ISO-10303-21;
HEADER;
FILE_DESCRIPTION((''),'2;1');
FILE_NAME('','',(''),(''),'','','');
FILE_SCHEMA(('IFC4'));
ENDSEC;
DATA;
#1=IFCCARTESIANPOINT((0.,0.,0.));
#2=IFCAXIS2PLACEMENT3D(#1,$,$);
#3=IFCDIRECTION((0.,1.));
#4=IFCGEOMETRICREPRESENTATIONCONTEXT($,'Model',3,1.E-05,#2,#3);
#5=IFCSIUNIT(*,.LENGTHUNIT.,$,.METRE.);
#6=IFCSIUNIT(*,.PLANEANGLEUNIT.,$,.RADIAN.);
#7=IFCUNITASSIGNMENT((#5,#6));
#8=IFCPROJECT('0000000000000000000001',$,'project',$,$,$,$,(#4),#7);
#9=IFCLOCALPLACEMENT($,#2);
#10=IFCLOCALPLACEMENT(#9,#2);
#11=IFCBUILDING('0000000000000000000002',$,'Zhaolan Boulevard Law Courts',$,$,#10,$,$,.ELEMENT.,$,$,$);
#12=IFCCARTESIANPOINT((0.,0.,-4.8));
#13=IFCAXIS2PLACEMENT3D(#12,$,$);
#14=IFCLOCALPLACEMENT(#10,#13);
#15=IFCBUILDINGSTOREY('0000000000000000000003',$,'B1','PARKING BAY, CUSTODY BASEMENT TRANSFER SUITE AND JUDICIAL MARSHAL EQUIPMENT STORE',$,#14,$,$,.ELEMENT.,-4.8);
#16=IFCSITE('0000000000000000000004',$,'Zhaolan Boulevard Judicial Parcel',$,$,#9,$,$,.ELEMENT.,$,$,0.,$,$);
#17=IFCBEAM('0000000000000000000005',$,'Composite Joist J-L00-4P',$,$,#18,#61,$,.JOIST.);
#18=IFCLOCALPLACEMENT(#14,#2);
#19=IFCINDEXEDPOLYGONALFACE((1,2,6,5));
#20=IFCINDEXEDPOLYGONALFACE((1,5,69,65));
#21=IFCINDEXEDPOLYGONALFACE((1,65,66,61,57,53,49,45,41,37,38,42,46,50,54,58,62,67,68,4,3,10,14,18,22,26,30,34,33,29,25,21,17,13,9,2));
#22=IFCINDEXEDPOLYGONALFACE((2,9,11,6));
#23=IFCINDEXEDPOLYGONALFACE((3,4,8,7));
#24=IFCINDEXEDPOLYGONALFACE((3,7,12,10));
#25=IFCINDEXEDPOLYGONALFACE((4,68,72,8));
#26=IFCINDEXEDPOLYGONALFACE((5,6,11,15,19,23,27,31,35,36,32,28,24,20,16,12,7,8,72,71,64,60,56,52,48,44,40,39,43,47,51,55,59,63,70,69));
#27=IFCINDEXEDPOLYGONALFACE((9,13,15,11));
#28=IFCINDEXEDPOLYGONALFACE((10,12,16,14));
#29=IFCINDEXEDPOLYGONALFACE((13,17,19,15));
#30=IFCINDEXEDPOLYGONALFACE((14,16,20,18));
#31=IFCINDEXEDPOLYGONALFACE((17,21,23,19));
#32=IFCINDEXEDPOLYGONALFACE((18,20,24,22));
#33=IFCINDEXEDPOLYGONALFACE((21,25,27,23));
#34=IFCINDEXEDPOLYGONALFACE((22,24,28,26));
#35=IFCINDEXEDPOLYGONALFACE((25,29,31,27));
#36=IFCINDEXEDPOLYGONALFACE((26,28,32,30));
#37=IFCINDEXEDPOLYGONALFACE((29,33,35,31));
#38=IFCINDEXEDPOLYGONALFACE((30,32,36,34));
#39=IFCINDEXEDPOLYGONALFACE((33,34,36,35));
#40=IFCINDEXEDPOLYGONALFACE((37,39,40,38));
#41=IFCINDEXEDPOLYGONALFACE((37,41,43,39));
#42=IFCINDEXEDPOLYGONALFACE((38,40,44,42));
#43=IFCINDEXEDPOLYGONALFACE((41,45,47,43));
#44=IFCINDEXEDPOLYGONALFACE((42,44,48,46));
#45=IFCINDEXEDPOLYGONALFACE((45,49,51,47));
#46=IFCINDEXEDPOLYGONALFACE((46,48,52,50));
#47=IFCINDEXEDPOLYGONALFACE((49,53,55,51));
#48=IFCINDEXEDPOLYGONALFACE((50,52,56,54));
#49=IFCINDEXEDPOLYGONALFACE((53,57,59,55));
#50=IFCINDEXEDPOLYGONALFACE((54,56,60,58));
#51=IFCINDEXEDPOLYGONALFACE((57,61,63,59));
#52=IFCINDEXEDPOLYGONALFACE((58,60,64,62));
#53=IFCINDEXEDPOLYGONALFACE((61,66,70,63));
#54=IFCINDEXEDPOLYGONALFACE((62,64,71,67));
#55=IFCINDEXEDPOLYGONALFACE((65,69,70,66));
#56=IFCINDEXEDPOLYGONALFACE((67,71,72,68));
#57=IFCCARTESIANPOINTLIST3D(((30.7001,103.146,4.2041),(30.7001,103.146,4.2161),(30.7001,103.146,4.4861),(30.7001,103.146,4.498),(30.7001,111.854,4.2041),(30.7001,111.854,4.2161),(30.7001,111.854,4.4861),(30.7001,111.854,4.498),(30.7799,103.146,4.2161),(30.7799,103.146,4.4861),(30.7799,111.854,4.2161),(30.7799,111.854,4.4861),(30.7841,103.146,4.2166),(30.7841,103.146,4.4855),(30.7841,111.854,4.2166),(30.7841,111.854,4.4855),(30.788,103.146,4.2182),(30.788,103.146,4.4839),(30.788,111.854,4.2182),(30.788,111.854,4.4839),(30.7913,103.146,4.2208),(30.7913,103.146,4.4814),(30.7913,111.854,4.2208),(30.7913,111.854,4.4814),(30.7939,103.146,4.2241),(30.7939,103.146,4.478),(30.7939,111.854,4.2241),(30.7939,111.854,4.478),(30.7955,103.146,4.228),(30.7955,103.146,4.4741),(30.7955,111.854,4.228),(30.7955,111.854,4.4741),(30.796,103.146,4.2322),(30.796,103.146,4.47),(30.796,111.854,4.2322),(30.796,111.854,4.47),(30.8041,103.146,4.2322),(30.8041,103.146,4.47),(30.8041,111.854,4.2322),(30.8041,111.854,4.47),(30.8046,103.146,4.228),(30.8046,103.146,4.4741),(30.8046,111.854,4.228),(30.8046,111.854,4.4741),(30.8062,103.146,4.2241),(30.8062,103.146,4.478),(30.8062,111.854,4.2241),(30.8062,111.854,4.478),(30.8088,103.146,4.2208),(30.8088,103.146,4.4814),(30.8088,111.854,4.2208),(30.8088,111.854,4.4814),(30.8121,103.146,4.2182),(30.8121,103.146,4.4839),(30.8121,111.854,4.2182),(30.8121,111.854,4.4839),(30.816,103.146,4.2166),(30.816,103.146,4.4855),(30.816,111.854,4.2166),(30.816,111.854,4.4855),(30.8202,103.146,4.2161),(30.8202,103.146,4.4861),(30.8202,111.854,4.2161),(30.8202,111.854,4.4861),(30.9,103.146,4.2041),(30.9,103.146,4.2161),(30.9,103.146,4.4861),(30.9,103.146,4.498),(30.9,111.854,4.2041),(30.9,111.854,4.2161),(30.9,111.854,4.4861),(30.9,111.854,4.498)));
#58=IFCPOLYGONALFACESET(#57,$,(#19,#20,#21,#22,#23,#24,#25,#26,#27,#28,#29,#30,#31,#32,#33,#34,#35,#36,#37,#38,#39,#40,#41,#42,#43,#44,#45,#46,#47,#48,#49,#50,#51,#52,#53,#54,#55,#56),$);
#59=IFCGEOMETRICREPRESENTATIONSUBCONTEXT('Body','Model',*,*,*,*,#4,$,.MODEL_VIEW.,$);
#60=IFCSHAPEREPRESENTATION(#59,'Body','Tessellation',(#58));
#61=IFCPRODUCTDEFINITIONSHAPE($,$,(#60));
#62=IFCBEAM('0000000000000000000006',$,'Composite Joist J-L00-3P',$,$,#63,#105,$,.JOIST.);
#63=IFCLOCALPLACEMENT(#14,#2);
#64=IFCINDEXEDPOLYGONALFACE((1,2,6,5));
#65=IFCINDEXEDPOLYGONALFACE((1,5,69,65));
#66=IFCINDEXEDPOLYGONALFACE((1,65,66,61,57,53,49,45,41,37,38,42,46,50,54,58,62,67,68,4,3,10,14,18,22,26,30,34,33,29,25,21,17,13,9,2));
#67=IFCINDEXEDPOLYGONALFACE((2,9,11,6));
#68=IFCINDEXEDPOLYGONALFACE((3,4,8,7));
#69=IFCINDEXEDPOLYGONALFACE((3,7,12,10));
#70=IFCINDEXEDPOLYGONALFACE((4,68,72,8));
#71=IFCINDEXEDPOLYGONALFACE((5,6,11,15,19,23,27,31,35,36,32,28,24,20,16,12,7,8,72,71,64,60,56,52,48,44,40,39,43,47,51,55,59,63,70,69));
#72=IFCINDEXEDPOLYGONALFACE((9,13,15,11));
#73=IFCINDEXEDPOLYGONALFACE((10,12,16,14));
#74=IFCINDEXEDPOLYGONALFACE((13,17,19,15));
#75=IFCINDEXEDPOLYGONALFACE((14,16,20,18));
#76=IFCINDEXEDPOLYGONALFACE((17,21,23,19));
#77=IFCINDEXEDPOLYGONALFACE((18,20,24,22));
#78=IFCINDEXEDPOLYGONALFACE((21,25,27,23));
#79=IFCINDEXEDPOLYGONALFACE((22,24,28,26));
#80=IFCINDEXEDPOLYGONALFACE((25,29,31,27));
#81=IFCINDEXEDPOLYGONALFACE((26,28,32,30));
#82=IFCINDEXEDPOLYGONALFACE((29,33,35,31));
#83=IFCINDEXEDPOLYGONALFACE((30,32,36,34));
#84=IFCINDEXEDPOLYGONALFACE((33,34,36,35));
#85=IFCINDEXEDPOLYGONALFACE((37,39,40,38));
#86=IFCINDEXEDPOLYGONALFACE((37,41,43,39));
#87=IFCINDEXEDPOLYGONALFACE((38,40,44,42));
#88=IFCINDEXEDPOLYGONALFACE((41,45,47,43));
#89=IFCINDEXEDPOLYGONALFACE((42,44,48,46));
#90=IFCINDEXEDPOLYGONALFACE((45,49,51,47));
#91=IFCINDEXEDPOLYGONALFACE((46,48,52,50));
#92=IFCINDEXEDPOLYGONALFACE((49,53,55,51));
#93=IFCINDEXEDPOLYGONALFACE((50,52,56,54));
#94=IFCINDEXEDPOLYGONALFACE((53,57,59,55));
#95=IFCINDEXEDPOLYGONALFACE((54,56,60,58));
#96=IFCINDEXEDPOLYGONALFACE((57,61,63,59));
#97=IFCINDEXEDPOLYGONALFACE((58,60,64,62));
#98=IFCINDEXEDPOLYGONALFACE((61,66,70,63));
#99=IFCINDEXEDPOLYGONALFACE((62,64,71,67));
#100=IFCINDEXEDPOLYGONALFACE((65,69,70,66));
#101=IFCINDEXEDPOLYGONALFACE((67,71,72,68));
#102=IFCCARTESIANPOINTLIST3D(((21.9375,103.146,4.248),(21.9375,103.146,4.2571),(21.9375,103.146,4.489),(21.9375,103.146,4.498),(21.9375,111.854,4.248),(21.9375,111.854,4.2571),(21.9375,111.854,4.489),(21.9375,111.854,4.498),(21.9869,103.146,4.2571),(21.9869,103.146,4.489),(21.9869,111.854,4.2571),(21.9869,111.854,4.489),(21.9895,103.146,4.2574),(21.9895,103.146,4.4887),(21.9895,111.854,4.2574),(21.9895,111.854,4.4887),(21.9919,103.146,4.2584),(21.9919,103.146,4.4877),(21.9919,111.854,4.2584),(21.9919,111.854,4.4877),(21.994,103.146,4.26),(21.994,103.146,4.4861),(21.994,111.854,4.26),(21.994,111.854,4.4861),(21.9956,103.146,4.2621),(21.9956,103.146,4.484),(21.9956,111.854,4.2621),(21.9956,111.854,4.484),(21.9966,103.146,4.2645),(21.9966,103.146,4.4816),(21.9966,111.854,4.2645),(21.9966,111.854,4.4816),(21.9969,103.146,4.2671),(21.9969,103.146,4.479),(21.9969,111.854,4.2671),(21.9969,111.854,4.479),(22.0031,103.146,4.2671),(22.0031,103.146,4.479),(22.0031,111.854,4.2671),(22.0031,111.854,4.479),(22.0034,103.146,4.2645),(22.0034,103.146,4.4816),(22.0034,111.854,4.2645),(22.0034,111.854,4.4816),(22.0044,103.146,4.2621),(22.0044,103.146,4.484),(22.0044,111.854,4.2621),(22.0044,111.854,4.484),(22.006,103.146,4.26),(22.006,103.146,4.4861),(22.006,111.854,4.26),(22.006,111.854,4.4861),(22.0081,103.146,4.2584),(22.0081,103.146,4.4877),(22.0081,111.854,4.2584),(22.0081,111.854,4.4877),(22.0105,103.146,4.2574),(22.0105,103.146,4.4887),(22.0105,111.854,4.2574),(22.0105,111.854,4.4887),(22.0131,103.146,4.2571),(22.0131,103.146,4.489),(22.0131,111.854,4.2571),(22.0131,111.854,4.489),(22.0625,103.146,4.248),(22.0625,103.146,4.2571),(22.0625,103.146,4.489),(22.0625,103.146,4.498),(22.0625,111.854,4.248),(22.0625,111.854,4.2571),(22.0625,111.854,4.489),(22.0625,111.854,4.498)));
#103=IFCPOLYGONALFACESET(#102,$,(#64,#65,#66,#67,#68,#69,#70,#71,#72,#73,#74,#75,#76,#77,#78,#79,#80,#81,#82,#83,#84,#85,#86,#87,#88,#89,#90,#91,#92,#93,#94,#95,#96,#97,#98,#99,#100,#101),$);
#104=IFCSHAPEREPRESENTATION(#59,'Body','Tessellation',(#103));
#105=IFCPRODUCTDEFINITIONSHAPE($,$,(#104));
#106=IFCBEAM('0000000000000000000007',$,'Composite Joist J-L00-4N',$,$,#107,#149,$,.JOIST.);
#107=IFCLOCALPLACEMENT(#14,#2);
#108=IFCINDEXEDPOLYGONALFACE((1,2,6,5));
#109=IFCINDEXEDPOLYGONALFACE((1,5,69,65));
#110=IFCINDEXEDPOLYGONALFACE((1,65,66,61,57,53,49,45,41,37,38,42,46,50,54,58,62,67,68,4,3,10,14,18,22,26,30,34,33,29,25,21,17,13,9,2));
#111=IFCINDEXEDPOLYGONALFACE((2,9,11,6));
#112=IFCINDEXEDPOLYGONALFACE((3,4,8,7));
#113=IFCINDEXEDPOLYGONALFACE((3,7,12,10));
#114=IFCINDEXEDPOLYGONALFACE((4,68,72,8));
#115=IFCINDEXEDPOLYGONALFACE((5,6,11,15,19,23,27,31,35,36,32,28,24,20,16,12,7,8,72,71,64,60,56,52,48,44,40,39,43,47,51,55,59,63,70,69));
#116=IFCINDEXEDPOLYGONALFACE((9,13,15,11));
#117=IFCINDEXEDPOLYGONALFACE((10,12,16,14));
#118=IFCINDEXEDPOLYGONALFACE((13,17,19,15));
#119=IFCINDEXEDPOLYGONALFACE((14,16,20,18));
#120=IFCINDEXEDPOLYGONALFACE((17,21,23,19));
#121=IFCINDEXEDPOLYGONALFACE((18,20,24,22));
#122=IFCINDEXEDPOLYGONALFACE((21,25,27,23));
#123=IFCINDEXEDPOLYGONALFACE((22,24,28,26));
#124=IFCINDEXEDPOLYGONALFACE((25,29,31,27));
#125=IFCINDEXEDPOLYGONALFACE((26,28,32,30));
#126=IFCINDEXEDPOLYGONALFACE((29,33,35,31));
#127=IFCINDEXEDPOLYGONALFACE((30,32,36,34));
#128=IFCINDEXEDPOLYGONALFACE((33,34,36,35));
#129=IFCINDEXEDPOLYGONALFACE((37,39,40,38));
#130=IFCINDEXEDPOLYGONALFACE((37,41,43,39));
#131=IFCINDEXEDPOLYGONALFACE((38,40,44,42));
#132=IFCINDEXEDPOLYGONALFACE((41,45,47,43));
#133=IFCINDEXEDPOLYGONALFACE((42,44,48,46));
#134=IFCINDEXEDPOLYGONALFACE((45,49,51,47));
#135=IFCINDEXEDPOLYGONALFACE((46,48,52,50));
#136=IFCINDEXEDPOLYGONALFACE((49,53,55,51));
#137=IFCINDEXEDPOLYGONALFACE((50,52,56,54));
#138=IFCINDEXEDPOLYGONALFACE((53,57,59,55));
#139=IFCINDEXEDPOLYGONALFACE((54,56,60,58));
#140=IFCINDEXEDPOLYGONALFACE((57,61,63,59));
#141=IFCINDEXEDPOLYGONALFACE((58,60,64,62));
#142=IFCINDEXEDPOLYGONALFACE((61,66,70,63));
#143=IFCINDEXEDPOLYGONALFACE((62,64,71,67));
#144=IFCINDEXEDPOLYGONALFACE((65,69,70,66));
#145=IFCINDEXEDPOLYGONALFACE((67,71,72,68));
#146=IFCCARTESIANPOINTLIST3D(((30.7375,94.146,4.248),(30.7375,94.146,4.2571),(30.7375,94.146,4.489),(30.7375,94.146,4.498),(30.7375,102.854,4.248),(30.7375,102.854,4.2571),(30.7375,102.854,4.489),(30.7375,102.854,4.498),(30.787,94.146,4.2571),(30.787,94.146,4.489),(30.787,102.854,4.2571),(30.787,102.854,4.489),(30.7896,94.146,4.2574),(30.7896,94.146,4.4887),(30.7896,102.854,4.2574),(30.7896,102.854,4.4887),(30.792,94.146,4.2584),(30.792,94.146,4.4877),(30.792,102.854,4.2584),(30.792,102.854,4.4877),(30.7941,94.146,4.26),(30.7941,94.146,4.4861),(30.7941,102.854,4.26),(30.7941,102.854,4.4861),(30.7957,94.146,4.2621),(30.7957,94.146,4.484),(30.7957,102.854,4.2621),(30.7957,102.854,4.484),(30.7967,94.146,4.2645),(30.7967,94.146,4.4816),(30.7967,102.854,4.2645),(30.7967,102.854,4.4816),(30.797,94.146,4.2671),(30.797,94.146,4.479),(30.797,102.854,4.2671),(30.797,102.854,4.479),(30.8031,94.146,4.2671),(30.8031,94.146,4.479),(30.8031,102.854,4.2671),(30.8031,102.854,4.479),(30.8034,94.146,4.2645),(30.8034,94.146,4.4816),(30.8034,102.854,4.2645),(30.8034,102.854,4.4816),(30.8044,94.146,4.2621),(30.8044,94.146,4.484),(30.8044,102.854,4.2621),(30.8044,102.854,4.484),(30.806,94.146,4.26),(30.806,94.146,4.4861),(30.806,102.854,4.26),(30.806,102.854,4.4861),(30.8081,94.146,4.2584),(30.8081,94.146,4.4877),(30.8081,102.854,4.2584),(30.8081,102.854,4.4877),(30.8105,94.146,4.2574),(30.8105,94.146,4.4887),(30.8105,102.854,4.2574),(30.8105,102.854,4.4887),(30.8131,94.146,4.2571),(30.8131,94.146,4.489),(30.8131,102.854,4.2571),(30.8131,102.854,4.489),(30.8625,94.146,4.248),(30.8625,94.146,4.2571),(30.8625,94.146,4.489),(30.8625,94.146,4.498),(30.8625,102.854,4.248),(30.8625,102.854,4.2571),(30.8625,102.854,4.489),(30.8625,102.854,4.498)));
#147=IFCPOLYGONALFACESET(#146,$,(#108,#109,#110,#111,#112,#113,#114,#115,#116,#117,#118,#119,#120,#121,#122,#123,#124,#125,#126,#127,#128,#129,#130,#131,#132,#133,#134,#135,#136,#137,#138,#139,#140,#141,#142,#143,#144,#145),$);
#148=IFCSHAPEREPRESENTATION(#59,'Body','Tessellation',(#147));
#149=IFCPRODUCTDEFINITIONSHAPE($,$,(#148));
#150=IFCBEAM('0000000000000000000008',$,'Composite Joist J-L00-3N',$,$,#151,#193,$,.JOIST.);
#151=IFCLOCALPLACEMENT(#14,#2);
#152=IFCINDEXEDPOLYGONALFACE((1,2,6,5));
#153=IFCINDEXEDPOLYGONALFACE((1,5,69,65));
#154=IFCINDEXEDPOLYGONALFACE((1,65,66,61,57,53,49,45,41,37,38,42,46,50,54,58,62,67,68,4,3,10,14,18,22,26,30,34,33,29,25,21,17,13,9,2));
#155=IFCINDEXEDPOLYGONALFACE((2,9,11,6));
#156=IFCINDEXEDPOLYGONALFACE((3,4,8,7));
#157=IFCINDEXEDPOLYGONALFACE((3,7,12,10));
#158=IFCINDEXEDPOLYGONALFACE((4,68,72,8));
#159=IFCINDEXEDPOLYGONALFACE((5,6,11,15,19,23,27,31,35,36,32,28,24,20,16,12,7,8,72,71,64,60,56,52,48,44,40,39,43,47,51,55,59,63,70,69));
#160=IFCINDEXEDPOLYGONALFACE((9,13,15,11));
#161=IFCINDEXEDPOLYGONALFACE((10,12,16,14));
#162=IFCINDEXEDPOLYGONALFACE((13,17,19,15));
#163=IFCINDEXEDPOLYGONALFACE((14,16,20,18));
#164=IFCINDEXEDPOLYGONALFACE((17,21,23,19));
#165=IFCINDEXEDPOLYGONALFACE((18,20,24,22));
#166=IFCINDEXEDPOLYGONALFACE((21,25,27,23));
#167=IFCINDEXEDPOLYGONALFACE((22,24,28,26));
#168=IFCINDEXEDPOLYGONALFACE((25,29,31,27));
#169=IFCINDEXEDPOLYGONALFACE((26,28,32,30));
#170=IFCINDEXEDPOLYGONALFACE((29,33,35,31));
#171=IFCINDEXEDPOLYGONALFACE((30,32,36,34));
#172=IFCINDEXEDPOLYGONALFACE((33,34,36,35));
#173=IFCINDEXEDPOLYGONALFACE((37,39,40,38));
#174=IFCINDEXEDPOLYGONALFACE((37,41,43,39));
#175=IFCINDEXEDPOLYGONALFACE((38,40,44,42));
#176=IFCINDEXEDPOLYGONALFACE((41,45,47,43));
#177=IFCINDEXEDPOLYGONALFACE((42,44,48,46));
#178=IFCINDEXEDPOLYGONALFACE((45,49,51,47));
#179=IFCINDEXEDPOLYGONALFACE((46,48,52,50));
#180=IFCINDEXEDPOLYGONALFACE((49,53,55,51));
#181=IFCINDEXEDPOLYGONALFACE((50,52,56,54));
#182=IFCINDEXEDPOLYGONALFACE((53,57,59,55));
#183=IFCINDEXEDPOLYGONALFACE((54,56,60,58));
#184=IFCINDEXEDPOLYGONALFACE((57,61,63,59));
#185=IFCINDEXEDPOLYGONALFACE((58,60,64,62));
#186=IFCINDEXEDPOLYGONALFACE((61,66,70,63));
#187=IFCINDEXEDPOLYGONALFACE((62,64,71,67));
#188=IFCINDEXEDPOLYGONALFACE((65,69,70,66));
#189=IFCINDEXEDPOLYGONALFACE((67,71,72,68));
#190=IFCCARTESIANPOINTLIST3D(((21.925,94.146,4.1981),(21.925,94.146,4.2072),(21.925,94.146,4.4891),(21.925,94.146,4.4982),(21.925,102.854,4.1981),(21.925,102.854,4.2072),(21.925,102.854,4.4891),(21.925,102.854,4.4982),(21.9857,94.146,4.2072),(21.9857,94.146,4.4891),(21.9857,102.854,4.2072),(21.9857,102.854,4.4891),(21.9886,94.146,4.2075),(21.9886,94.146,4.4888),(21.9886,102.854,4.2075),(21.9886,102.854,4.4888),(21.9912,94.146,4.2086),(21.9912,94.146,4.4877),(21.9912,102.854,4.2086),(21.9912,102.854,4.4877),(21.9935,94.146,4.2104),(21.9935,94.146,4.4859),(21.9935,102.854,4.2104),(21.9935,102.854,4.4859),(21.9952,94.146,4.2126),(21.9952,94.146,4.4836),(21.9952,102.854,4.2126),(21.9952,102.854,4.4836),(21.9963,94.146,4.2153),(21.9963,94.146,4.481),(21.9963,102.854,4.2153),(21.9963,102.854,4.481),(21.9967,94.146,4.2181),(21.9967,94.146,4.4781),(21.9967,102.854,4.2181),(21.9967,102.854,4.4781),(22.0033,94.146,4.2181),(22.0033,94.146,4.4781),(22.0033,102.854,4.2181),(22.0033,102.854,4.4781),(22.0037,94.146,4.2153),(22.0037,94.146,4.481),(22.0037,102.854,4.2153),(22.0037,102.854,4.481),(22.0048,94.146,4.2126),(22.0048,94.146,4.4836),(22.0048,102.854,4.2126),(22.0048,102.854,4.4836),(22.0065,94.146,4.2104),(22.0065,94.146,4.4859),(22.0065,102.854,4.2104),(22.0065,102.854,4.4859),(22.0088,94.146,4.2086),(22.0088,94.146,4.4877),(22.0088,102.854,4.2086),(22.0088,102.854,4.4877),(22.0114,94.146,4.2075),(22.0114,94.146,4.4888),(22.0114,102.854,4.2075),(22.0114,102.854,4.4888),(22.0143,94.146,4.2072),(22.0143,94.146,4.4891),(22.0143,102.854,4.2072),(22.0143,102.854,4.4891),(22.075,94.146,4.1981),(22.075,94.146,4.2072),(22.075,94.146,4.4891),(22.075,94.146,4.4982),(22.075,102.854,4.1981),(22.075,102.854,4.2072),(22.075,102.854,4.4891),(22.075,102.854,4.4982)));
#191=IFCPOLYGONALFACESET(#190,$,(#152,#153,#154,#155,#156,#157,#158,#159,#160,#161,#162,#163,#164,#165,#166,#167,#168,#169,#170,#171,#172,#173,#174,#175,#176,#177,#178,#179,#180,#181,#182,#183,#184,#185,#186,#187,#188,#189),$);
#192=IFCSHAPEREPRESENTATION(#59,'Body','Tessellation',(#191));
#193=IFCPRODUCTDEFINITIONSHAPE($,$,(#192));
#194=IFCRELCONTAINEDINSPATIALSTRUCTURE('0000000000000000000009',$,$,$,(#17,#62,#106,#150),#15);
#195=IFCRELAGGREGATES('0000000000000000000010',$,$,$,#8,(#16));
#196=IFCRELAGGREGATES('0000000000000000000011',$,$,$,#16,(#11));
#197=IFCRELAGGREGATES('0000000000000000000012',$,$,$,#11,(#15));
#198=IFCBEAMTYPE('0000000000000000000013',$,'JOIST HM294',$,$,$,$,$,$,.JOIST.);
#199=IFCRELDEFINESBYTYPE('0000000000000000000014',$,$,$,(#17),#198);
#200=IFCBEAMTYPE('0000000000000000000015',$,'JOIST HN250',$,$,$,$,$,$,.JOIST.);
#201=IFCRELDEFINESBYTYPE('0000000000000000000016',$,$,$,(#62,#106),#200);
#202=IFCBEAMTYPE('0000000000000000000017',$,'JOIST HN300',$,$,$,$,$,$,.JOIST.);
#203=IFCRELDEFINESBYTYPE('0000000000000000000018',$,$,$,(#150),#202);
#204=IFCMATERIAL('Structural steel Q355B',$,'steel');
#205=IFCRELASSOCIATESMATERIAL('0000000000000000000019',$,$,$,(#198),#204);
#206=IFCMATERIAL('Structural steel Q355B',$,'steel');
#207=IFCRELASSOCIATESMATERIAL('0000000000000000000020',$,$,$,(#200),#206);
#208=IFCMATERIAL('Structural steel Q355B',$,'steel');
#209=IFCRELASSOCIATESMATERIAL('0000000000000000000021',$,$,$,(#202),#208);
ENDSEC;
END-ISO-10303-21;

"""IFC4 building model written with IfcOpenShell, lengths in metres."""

from ifc_helpers import new_model, si_unit, direction, frame, origin, origin_2d, place, context, subcontext, project, spatial, i_section, extrude, material, material_profile, profile_set, type_object, element, save


model = new_model("IFC4")

# Units and contexts
model_context = context("Model", 3, precision=1e-05, world=origin(), true_north=direction((0.0, 1.0)))
body_context = subcontext(model_context, "Body", "Model", "MODEL_VIEW")
ifc_project = project(units=[si_unit("LENGTHUNIT", "METRE"), si_unit("PLANEANGLEUNIT", "RADIAN")], contexts=[model_context])

# Site, building, storey
site_placement = place(None, origin())
site = spatial("IfcSite", under=ifc_project, at=site_placement, Name="Zhaolan Boulevard Judicial Parcel", CompositionType="ELEMENT", RefElevation=0.0)
building_placement = place(site_placement, origin())
building = spatial("IfcBuilding", under=site, at=building_placement, Name="Zhaolan Boulevard Law Courts", CompositionType="ELEMENT")
storey_placement = place(building_placement, frame((0.0, 0.0, -4.8)))
storey = spatial("IfcBuildingStorey", under=building, at=storey_placement, Name="B1", Description="PARKING BAY, CUSTODY BASEMENT TRANSFER SUITE AND JUDICIAL MARSHAL EQUIPMENT STORE", CompositionType="ELEMENT", Elevation=-4.8)

# Beams
ifc_material_1 = material(Name="Structural steel Q355B", Category="steel")
ifc_material_profile_1 = material_profile(ifc_material_1, i_section(OverallWidth=0.2, OverallDepth=0.2939, WebThickness=0.0081, FlangeThickness=0.012, FilletRadius=0.0161, at=origin_2d()), Name="HM294x200")
ifc_profile_set_1 = profile_set([ifc_material_profile_1], Name="Structural steel Q355B")
beam_type_1 = type_object("IfcBeamType", Name="JOIST HM294", PredefinedType="JOIST", material=ifc_profile_set_1)
beam_1_placement = place(storey_placement, frame((30.8, 103.146, 4.3511), z_axis=(0.0, 1.0, 0.0), x_axis=(-1.0, 0.0, 0.0)))
element("IfcBeam", 1, at=beam_1_placement, inside=storey, type_object=beam_type_1, Name="Composite Joist J-L00-4P", PredefinedType="JOIST", context=body_context, shape_type="SweptSolid", body=[
    extrude(i_section(OverallWidth=0.2, OverallDepth=0.2939, WebThickness=0.0081, FlangeThickness=0.012, FilletRadius=0.0161, at=origin_2d()), origin(), (0.0, 0.0, 1.0), 8.708),
])
ifc_material_2 = material(Name="Structural steel Q355B", Category="steel")
ifc_material_profile_2 = material_profile(ifc_material_2, i_section(OverallWidth=0.125, OverallDepth=0.25, WebThickness=0.0061, FlangeThickness=0.009, FilletRadius=0.01, at=origin_2d()), Name="HN250x125")
ifc_profile_set_2 = profile_set([ifc_material_profile_2], Name="Structural steel Q355B")
beam_type_2 = type_object("IfcBeamType", Name="JOIST HN250", PredefinedType="JOIST", material=ifc_profile_set_2)
for number, where, z_axis, x_axis, name in (
    (2, (22.0, 103.146, 4.373), (0.0, 1.0, 0.0), (-1.0, 0.0, 0.0), "Composite Joist J-L00-3P"),
    (3, (30.8, 94.146, 4.373), (0.0, 1.0, 0.0), (-1.0, 0.0, 0.0), "Composite Joist J-L00-4N"),
):
    element("IfcBeam", number, at=place(storey_placement, frame(where, z_axis=z_axis, x_axis=x_axis)), inside=storey, type_object=beam_type_2, Name=name, PredefinedType="JOIST", context=body_context, shape_type="SweptSolid", body=[
        extrude(i_section(OverallWidth=0.125, OverallDepth=0.25, WebThickness=0.0061, FlangeThickness=0.009, FilletRadius=0.01, at=origin_2d()), origin(), (0.0, 0.0, 1.0), 8.708),
    ])
ifc_material_3 = material(Name="Structural steel Q355B", Category="steel")
ifc_material_profile_3 = material_profile(ifc_material_3, i_section(OverallWidth=0.1499, OverallDepth=0.3, WebThickness=0.0066, FlangeThickness=0.009, FilletRadius=0.011, at=origin_2d()), Name="HN300x150")
ifc_profile_set_3 = profile_set([ifc_material_profile_3], Name="Structural steel Q355B")
beam_type_3 = type_object("IfcBeamType", Name="JOIST HN300", PredefinedType="JOIST", material=ifc_profile_set_3)
beam_2_placement = place(storey_placement, frame((22.0, 94.146, 4.3481), z_axis=(0.0, 1.0, 0.0), x_axis=(-1.0, 0.0, 0.0)))
element("IfcBeam", 4, at=beam_2_placement, inside=storey, type_object=beam_type_3, Name="Composite Joist J-L00-3N", PredefinedType="JOIST", context=body_context, shape_type="SweptSolid", body=[
    extrude(i_section(OverallWidth=0.1499, OverallDepth=0.3, WebThickness=0.0066, FlangeThickness=0.009, FilletRadius=0.011, at=origin_2d()), origin(), (0.0, 0.0, 1.0), 8.708),
])

save(model, "model.ifc")
